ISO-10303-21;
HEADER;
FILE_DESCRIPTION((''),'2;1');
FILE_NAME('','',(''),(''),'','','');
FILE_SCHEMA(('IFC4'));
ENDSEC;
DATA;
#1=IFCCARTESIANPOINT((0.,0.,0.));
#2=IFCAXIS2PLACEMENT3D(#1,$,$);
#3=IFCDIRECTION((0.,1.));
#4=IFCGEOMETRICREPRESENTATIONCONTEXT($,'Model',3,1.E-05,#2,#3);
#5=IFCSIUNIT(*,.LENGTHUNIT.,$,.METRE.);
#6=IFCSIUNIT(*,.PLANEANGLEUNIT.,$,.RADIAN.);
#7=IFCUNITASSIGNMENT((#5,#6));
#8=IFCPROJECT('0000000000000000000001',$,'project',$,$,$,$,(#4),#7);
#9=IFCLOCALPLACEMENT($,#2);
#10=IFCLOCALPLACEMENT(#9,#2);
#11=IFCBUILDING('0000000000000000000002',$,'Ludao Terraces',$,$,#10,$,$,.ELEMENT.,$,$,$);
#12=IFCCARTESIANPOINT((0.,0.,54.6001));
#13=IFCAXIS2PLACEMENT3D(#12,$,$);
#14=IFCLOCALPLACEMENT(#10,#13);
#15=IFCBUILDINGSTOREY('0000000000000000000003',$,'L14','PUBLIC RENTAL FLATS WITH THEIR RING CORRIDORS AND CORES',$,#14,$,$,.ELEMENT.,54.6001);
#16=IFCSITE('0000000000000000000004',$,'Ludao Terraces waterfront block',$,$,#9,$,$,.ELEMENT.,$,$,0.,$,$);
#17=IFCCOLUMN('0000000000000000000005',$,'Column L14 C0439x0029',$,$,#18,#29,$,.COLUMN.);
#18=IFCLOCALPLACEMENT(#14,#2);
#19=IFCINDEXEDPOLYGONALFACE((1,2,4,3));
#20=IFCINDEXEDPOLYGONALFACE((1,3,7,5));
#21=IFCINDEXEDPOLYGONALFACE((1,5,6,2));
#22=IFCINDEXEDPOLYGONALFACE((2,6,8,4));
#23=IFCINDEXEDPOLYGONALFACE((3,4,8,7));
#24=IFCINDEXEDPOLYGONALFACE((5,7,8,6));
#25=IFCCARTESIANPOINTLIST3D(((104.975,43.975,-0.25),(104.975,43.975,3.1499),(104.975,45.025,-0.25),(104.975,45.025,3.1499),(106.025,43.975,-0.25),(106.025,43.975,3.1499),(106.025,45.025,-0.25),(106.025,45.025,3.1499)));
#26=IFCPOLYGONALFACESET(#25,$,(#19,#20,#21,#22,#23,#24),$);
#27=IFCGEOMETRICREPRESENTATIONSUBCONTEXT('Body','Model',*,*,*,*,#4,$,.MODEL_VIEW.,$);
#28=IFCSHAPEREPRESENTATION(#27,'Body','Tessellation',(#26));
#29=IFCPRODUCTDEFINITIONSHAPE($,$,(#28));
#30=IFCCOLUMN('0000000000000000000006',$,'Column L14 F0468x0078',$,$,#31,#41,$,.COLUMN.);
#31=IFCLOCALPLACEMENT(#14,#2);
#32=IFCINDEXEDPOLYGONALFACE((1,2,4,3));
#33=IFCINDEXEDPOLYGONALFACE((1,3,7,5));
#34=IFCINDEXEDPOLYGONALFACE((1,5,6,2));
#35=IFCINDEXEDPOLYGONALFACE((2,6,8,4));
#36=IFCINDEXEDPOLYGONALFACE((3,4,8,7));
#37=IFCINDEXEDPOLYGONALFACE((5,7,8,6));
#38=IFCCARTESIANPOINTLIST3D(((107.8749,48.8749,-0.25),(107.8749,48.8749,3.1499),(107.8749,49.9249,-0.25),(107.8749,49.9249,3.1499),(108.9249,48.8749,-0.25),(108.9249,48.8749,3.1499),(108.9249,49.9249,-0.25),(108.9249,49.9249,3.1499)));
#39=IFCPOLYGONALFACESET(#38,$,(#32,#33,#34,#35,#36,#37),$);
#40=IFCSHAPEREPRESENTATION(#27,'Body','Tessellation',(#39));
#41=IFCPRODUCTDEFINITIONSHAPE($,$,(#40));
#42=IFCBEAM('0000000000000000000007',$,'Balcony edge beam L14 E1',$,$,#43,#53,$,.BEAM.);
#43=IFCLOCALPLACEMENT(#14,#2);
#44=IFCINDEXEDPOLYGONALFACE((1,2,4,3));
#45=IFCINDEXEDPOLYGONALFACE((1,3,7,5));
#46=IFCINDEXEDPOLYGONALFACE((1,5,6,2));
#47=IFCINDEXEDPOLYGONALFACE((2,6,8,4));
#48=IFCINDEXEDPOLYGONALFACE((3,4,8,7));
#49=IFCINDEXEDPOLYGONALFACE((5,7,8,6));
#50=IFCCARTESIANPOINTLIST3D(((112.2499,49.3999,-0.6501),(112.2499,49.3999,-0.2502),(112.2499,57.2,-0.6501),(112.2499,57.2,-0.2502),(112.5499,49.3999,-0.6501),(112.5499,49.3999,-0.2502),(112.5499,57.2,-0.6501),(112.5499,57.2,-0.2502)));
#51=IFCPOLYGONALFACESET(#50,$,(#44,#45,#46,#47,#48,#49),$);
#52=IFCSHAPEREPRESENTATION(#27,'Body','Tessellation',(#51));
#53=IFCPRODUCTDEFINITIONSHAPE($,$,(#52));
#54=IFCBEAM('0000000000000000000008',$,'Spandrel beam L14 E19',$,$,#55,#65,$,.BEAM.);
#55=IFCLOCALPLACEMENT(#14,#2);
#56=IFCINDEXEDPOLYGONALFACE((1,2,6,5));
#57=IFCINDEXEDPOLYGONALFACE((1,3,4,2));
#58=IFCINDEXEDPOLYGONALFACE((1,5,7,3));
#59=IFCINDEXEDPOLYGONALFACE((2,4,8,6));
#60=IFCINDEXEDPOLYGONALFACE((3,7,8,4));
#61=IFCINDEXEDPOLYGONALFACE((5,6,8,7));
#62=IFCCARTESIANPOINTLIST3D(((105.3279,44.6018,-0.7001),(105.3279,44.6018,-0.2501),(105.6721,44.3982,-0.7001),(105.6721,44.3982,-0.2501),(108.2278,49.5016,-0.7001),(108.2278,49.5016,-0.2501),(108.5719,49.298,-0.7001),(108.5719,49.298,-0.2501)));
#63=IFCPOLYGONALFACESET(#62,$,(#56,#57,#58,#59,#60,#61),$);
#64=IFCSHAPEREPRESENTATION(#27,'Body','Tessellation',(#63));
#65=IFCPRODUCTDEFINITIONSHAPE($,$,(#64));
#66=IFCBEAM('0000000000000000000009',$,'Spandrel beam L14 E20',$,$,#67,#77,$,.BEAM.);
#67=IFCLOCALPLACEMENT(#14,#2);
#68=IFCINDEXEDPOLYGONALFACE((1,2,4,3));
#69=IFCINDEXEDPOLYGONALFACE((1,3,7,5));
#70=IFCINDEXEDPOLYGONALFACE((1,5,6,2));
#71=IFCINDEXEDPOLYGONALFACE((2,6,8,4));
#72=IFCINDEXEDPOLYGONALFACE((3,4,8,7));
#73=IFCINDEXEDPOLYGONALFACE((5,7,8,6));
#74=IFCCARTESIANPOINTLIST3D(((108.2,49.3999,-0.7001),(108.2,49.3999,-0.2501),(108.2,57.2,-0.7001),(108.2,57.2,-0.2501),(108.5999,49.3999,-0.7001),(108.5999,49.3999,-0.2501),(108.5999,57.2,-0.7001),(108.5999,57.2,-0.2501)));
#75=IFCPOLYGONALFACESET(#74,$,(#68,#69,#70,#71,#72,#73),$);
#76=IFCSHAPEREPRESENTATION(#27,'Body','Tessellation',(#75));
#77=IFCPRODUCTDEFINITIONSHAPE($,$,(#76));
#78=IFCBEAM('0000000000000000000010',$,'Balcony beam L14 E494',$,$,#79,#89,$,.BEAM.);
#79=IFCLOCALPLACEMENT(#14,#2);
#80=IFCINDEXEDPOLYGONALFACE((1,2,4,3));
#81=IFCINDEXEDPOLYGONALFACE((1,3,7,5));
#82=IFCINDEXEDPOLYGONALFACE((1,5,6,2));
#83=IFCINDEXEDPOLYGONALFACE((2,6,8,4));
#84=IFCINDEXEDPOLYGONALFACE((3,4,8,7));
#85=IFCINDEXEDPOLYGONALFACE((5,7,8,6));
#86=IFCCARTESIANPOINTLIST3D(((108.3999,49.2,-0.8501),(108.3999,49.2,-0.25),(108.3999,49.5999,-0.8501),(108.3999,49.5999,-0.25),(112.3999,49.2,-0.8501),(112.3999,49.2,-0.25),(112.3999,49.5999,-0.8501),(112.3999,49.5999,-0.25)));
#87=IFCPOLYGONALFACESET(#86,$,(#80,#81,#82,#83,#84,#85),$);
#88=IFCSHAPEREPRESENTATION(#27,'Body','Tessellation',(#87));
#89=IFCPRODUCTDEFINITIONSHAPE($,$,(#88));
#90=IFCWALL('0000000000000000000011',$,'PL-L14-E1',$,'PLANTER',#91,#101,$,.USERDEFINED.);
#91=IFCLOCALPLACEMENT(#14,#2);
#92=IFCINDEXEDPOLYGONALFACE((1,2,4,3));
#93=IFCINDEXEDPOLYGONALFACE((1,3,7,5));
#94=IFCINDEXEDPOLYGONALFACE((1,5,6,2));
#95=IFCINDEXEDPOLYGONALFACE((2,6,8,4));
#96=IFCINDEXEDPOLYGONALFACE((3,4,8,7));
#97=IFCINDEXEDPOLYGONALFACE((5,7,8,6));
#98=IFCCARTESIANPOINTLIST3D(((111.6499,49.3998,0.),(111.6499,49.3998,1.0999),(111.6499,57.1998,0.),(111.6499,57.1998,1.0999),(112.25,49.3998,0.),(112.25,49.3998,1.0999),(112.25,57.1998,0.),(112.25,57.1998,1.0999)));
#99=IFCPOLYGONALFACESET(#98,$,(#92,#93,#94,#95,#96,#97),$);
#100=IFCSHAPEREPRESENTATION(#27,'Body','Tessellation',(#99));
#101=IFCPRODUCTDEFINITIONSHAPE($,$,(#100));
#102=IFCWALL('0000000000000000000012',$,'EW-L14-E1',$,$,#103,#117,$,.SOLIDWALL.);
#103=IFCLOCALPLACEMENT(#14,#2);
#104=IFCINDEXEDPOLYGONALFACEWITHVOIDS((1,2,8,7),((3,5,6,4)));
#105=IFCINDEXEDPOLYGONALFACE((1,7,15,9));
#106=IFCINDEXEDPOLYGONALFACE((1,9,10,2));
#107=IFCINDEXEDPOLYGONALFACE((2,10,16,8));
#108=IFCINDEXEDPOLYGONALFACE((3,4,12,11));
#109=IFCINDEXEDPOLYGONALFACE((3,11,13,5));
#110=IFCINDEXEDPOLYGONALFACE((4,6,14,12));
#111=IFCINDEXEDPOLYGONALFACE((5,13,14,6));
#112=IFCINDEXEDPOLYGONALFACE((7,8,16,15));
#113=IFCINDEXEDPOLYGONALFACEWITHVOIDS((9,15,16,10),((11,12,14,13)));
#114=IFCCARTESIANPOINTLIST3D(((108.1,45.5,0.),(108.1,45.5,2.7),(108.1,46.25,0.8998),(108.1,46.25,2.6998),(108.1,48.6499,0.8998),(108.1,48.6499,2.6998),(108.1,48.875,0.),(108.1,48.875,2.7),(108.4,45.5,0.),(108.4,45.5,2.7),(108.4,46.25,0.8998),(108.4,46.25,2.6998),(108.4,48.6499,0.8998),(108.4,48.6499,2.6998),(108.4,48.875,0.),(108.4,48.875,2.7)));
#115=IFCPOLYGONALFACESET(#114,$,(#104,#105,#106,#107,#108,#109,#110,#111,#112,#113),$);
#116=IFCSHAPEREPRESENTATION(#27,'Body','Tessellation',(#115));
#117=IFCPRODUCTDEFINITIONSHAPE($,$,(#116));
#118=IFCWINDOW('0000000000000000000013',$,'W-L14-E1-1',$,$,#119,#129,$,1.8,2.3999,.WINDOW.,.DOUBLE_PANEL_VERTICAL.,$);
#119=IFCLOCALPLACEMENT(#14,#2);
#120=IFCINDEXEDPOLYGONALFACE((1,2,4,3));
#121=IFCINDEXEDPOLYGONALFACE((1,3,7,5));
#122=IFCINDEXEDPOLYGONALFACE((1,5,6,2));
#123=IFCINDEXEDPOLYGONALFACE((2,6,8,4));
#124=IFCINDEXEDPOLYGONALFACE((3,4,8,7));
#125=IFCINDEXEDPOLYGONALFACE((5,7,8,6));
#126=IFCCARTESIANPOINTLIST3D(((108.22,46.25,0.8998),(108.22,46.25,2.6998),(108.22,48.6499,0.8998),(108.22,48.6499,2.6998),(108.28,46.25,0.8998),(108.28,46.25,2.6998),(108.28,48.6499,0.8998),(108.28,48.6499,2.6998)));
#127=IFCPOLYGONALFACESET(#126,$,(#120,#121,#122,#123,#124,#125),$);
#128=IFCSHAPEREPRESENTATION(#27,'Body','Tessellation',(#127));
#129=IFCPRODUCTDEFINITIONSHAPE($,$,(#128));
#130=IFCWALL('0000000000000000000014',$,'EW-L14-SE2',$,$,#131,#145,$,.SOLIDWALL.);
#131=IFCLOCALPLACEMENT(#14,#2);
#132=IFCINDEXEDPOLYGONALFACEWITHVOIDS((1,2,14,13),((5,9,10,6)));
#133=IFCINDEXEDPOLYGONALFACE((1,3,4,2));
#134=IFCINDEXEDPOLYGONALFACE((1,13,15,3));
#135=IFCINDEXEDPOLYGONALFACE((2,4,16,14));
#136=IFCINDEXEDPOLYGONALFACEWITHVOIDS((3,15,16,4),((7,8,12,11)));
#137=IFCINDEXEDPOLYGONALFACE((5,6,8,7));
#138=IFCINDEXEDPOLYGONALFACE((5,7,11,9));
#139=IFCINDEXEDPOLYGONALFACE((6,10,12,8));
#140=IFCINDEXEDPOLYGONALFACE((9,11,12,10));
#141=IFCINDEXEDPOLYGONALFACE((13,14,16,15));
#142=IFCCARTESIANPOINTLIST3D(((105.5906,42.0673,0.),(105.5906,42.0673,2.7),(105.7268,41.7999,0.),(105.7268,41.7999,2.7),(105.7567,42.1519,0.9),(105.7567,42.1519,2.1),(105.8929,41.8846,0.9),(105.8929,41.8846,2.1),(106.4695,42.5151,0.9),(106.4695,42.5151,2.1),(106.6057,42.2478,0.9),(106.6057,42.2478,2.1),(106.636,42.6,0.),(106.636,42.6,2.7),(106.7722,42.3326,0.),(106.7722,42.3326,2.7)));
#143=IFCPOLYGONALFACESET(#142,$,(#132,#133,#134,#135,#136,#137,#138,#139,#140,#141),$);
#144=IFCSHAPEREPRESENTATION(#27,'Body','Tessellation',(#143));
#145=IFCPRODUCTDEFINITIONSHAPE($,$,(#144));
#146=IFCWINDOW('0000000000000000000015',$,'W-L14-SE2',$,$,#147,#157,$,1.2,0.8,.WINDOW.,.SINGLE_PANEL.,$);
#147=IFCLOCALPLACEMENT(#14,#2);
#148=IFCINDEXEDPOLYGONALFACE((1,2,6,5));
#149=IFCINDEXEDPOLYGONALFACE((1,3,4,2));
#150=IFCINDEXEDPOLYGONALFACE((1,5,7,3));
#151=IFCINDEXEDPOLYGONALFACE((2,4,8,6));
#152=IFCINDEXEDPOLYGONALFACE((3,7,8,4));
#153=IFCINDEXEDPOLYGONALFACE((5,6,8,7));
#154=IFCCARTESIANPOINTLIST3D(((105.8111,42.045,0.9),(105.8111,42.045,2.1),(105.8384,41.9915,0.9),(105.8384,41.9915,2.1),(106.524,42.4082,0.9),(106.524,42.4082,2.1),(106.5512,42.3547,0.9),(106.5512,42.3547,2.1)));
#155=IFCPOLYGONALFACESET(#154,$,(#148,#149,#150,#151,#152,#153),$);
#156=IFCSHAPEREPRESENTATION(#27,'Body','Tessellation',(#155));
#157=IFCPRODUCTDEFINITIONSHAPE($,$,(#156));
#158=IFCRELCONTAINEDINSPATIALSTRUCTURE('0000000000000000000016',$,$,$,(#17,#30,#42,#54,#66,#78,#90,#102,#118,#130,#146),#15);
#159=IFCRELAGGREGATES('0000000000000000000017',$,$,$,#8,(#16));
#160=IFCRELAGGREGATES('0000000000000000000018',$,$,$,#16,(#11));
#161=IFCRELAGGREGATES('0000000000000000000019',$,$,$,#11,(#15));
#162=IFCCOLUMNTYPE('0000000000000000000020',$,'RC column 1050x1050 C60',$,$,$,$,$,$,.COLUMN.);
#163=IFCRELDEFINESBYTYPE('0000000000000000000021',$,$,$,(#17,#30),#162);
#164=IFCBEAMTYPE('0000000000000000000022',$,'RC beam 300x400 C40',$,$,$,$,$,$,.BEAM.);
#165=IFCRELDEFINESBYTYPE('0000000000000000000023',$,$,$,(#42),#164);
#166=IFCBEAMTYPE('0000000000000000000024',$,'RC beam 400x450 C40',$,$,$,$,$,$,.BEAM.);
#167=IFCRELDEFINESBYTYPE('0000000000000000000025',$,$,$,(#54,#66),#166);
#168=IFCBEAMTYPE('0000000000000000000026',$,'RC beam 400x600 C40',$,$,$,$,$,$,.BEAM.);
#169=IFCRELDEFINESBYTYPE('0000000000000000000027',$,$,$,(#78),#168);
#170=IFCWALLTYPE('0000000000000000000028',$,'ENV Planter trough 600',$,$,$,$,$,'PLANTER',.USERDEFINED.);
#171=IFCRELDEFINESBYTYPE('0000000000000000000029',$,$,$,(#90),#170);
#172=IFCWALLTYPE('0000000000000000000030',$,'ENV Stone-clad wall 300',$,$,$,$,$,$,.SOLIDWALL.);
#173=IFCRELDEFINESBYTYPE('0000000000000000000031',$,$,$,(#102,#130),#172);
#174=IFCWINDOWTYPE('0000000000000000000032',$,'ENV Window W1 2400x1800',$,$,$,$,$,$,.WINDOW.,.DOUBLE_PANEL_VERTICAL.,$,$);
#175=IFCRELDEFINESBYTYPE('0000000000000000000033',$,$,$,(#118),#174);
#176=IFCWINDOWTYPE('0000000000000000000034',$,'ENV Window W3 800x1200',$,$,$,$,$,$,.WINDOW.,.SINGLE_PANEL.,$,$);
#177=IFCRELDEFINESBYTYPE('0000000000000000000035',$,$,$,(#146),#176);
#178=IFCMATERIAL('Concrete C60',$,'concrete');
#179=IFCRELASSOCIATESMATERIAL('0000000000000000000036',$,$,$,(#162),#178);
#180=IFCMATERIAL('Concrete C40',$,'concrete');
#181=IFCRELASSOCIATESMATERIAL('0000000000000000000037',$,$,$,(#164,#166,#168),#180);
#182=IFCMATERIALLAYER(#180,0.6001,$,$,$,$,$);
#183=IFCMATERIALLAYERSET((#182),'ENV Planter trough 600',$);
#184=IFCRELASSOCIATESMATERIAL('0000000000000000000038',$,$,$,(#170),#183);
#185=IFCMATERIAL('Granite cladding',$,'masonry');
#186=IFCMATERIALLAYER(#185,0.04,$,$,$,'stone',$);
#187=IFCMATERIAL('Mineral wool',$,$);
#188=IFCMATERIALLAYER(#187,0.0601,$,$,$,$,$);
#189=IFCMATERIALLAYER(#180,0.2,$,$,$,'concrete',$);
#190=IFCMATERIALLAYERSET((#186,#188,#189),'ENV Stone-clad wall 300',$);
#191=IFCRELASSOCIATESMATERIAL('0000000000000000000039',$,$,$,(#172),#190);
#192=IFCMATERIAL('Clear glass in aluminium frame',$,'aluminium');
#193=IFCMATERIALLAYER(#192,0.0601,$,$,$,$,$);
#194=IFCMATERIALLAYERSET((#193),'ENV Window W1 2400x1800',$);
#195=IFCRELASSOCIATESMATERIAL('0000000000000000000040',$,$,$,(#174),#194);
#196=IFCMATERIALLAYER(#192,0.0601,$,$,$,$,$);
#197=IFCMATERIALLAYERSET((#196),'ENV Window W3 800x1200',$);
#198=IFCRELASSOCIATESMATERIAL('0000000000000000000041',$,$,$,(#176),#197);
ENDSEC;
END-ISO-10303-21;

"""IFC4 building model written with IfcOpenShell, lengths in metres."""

from ifc_helpers import new_model, si_unit, direction, frame, frame_2d, origin, origin_2d, place, context, subcontext, project, spatial, rectangle, extrude, material, layer, layer_set, material_profile, profile_set, type_object, element, fill, save


model = new_model("IFC4")

# Units and contexts
model_context = context("Model", 3, precision=1e-05, world=origin(), true_north=direction((0.0, 1.0)))
body_context = subcontext(model_context, "Body", "Model", "MODEL_VIEW")
ifc_project = project(units=[si_unit("LENGTHUNIT", "METRE"), si_unit("PLANEANGLEUNIT", "RADIAN")], contexts=[model_context])

# Site, building, storey
site_placement = place(None, origin())
site = spatial("IfcSite", under=ifc_project, at=site_placement, Name="Ludao Terraces waterfront block", CompositionType="ELEMENT", RefElevation=0.0)
building_placement = place(site_placement, origin())
building = spatial("IfcBuilding", under=site, at=building_placement, Name="Ludao Terraces", CompositionType="ELEMENT")
storey_placement = place(building_placement, frame((0.0, 0.0, 54.6001)))
storey = spatial("IfcBuildingStorey", under=building, at=storey_placement, Name="L14", Description="PUBLIC RENTAL FLATS WITH THEIR RING CORRIDORS AND CORES", CompositionType="ELEMENT", Elevation=54.6001)

# Columns
ifc_material_1 = material(Name="Concrete C60", Category="concrete")
ifc_material_profile_1 = material_profile(ifc_material_1, rectangle(XDim=1.05, YDim=1.05, at=origin_2d()), Name="1050 X 1050")
ifc_profile_set_1 = profile_set([ifc_material_profile_1], Name="Concrete C60")
column_type = type_object("IfcColumnType", Name="RC column 1050x1050 C60", PredefinedType="COLUMN", material=ifc_profile_set_1)
for number, where, z_axis, x_axis, name in (
    (1, (105.5, 44.5, -0.25), (0.0, 0.0, 1.0), (1.0, 0.0, 0.0), "Column L14 C0439x0029"),
    (2, (108.3999, 49.3999, -0.25), (0.0, 0.0, 1.0), (1.0, 0.0, 0.0), "Column L14 F0468x0078"),
):
    element("IfcColumn", number, at=place(storey_placement, frame(where, z_axis=z_axis, x_axis=x_axis)), inside=storey, type_object=column_type, Name=name, PredefinedType="COLUMN", context=body_context, shape_type="SweptSolid", body=[
        extrude(rectangle(XDim=1.05, YDim=1.05, at=origin_2d()), origin(), (0.0, 0.0, 1.0), 3.3999),
    ])

# Beams
ifc_material_2 = material(Name="Concrete C40", Category="concrete")
ifc_material_profile_2 = material_profile(ifc_material_2, rectangle(XDim=0.3, YDim=0.3999, at=origin_2d()), Name="300 X 400")
ifc_profile_set_2 = profile_set([ifc_material_profile_2], Name="Concrete C40")
beam_type_1 = type_object("IfcBeamType", Name="RC beam 300x400 C40", PredefinedType="BEAM", material=ifc_profile_set_2)
beam_1_placement = place(storey_placement, frame((112.3999, 49.3999, -0.4502), z_axis=(0.0, 1.0, 0.0), x_axis=(-1.0, 0.0, 0.0)))
element("IfcBeam", 3, at=beam_1_placement, inside=storey, type_object=beam_type_1, Name="Balcony edge beam L14 E1", PredefinedType="BEAM", context=body_context, shape_type="SweptSolid", body=[
    extrude(rectangle(XDim=0.3, YDim=0.3999, at=origin_2d()), origin(), (0.0, 0.0, 1.0), 7.8),
])
ifc_material_profile_3 = material_profile(ifc_material_2, rectangle(XDim=0.3999, YDim=0.45, at=origin_2d()), Name="400 X 450")
ifc_profile_set_3 = profile_set([ifc_material_profile_3], Name="Concrete C40")
beam_type_2 = type_object("IfcBeamType", Name="RC beam 400x450 C40", PredefinedType="BEAM", material=ifc_profile_set_3)
beam_2_placement = place(storey_placement, frame((105.5, 44.5, -0.4751), z_axis=(0.509316, 0.86058, 0.0), x_axis=(-0.86058, 0.509316, 0.0)))
element("IfcBeam", 4, at=beam_2_placement, inside=storey, type_object=beam_type_2, Name="Spandrel beam L14 E19", PredefinedType="BEAM", context=body_context, shape_type="SweptSolid", body=[
    extrude(rectangle(XDim=0.3999, YDim=0.45, at=origin_2d()), origin(), (0.0, 0.0, 1.0), 5.6936),
])
beam_3_placement = place(storey_placement, frame((108.3999, 49.3999, -0.4751), z_axis=(0.0, 1.0, 0.0), x_axis=(-1.0, 0.0, 0.0)))
element("IfcBeam", 5, at=beam_3_placement, inside=storey, type_object=beam_type_2, Name="Spandrel beam L14 E20", PredefinedType="BEAM", context=body_context, shape_type="SweptSolid", body=[
    extrude(rectangle(XDim=0.3999, YDim=0.45, at=origin_2d()), origin(), (0.0, 0.0, 1.0), 7.8),
])
ifc_material_profile_4 = material_profile(ifc_material_2, rectangle(XDim=0.3999, YDim=0.6001, at=origin_2d()), Name="400 X 600")
ifc_profile_set_4 = profile_set([ifc_material_profile_4], Name="Concrete C40")
beam_type_3 = type_object("IfcBeamType", Name="RC beam 400x600 C40", PredefinedType="BEAM", material=ifc_profile_set_4)
beam_4_placement = place(storey_placement, frame((108.3999, 49.3999, -0.55), z_axis=(1.0, 0.0, 0.0), x_axis=(0.0, 1.0, 0.0)))
element("IfcBeam", 6, at=beam_4_placement, inside=storey, type_object=beam_type_3, Name="Balcony beam L14 E494", PredefinedType="BEAM", context=body_context, shape_type="SweptSolid", body=[
    extrude(rectangle(XDim=0.3999, YDim=0.6001, at=origin_2d()), origin(), (0.0, 0.0, 1.0), 4.0),
])

# Wall
ifc_layer_1 = layer(ifc_material_2, 0.6001)
ifc_layer_set_1 = layer_set([ifc_layer_1], Name="ENV Planter trough 600")
wall_type_1 = type_object("IfcWallType", Name="ENV Planter trough 600", ElementType="PLANTER", PredefinedType="USERDEFINED", material=ifc_layer_set_1)
wall_1_placement = place(storey_placement, frame((111.95, 49.3999, 0.0), z_axis=(0.0, 0.0, 1.0), x_axis=(0.0, 1.0, 0.0)))
element("IfcWall", 7, at=wall_1_placement, inside=storey, type_object=wall_type_1, Name="PL-L14-E1", ObjectType="PLANTER", PredefinedType="USERDEFINED", context=body_context, shape_type="SweptSolid", body=[
    extrude(rectangle(XDim=7.8, YDim=0.6001, at=frame_2d((3.8999, 0.0))), origin(), (0.0, 0.0, 1.0), 1.0999),
])

# Walls, openings, windows
ifc_material_3 = material(Name="Granite cladding", Category="masonry")
ifc_layer_2 = layer(ifc_material_3, 0.04, Category="stone")
ifc_material_4 = material(Name="Mineral wool")
ifc_layer_3 = layer(ifc_material_4, 0.0601)
ifc_layer_4 = layer(ifc_material_2, 0.2, Category="concrete")
ifc_layer_set_2 = layer_set([ifc_layer_2, ifc_layer_3, ifc_layer_4], Name="ENV Stone-clad wall 300")
wall_type_2 = type_object("IfcWallType", Name="ENV Stone-clad wall 300", PredefinedType="SOLIDWALL", material=ifc_layer_set_2)
wall_2_placement = place(storey_placement, frame((108.25, 45.5, 0.0), z_axis=(0.0, 0.0, 1.0), x_axis=(0.0, 1.0, 0.0)))
wall_2 = element("IfcWall", 8, at=wall_2_placement, inside=storey, type_object=wall_type_2, Name="EW-L14-E1", PredefinedType="SOLIDWALL", context=body_context, shape_type="SweptSolid", body=[
    extrude(rectangle(XDim=3.375, YDim=0.3, at=frame_2d((1.6875, 0.0))), origin(), (0.0, 0.0, 1.0), 2.7),
])
opening_1_placement = place(wall_2_placement, frame((0.75, 0.0, 0.8999)))
opening_1 = element("IfcOpeningElement", 9, at=opening_1_placement, cuts=wall_2, PredefinedType="OPENING", context=body_context, shape_type="SweptSolid", body=[
    extrude(rectangle(XDim=2.3999, YDim=1.8, at=frame_2d((1.2, 0.8999))), frame((0.0, 0.1602, 0.0), z_axis=(0.0, -1.0, 0.0), x_axis=(1.0, 0.0, 0.0)), (0.0, 0.0, 1.0), 0.3201),
])
ifc_material_5 = material(Name="Clear glass in aluminium frame", Category="aluminium")
ifc_layer_5 = layer(ifc_material_5, 0.0601)
ifc_layer_set_3 = layer_set([ifc_layer_5], Name="ENV Window W1 2400x1800")
window_type_1 = type_object("IfcWindowType", Name="ENV Window W1 2400x1800", PartitioningType="DOUBLE_PANEL_VERTICAL", PredefinedType="WINDOW", material=ifc_layer_set_3)
window_1_placement = place(opening_1_placement, origin())
window_1 = element("IfcWindow", 10, at=window_1_placement, inside=storey, type_object=window_type_1, Name="W-L14-E1-1", OverallHeight=1.8, OverallWidth=2.3999, PartitioningType="DOUBLE_PANEL_VERTICAL", PredefinedType="WINDOW", context=body_context, shape_type="SweptSolid", body=[
    extrude(rectangle(XDim=2.3999, YDim=1.8, at=frame_2d((1.2, 0.8999))), frame((0.0, 0.03, 0.0), z_axis=(0.0, -1.0, 0.0), x_axis=(1.0, 0.0, 0.0)), (0.0, 0.0, 1.0), 0.0601),
])
fill(opening_1, window_1)
wall_3_placement = place(storey_placement, frame((105.6587, 41.9336, 0.0), z_axis=(0.0, 0.0, 1.0), x_axis=(0.890989, 0.454026, 0.0)))
wall_3 = element("IfcWall", 11, at=wall_3_placement, inside=storey, type_object=wall_type_2, Name="EW-L14-SE2", PredefinedType="SOLIDWALL", context=body_context, shape_type="SweptSolid", body=[
    extrude(rectangle(XDim=1.1733, YDim=0.3, at=frame_2d((0.5867, 0.0))), origin(), (0.0, 0.0, 1.0), 2.7),
])
opening_2_placement = place(wall_3_placement, frame((0.1865, 0.0, 0.8999)))
opening_2 = element("IfcOpeningElement", 12, at=opening_2_placement, cuts=wall_3, PredefinedType="OPENING", context=body_context, shape_type="SweptSolid", body=[
    extrude(rectangle(XDim=0.8, YDim=1.2, at=frame_2d((0.3999, 0.6001))), frame((0.0, 0.1602, 0.0), z_axis=(0.0, -1.0, 0.0), x_axis=(1.0, 0.0, 0.0)), (0.0, 0.0, 1.0), 0.3201),
])
ifc_layer_6 = layer(ifc_material_5, 0.0601)
ifc_layer_set_4 = layer_set([ifc_layer_6], Name="ENV Window W3 800x1200")
window_type_2 = type_object("IfcWindowType", Name="ENV Window W3 800x1200", PartitioningType="SINGLE_PANEL", PredefinedType="WINDOW", material=ifc_layer_set_4)
window_2_placement = place(opening_2_placement, origin())
window_2 = element("IfcWindow", 13, at=window_2_placement, inside=storey, type_object=window_type_2, Name="W-L14-SE2", OverallHeight=1.2, OverallWidth=0.8, PartitioningType="SINGLE_PANEL", PredefinedType="WINDOW", context=body_context, shape_type="SweptSolid", body=[
    extrude(rectangle(XDim=0.8, YDim=1.2, at=frame_2d((0.3999, 0.6001))), frame((0.0, 0.03, 0.0), z_axis=(0.0, -1.0, 0.0), x_axis=(1.0, 0.0, 0.0)), (0.0, 0.0, 1.0), 0.0601),
])
fill(opening_2, window_2)

save(model, "model.ifc")
